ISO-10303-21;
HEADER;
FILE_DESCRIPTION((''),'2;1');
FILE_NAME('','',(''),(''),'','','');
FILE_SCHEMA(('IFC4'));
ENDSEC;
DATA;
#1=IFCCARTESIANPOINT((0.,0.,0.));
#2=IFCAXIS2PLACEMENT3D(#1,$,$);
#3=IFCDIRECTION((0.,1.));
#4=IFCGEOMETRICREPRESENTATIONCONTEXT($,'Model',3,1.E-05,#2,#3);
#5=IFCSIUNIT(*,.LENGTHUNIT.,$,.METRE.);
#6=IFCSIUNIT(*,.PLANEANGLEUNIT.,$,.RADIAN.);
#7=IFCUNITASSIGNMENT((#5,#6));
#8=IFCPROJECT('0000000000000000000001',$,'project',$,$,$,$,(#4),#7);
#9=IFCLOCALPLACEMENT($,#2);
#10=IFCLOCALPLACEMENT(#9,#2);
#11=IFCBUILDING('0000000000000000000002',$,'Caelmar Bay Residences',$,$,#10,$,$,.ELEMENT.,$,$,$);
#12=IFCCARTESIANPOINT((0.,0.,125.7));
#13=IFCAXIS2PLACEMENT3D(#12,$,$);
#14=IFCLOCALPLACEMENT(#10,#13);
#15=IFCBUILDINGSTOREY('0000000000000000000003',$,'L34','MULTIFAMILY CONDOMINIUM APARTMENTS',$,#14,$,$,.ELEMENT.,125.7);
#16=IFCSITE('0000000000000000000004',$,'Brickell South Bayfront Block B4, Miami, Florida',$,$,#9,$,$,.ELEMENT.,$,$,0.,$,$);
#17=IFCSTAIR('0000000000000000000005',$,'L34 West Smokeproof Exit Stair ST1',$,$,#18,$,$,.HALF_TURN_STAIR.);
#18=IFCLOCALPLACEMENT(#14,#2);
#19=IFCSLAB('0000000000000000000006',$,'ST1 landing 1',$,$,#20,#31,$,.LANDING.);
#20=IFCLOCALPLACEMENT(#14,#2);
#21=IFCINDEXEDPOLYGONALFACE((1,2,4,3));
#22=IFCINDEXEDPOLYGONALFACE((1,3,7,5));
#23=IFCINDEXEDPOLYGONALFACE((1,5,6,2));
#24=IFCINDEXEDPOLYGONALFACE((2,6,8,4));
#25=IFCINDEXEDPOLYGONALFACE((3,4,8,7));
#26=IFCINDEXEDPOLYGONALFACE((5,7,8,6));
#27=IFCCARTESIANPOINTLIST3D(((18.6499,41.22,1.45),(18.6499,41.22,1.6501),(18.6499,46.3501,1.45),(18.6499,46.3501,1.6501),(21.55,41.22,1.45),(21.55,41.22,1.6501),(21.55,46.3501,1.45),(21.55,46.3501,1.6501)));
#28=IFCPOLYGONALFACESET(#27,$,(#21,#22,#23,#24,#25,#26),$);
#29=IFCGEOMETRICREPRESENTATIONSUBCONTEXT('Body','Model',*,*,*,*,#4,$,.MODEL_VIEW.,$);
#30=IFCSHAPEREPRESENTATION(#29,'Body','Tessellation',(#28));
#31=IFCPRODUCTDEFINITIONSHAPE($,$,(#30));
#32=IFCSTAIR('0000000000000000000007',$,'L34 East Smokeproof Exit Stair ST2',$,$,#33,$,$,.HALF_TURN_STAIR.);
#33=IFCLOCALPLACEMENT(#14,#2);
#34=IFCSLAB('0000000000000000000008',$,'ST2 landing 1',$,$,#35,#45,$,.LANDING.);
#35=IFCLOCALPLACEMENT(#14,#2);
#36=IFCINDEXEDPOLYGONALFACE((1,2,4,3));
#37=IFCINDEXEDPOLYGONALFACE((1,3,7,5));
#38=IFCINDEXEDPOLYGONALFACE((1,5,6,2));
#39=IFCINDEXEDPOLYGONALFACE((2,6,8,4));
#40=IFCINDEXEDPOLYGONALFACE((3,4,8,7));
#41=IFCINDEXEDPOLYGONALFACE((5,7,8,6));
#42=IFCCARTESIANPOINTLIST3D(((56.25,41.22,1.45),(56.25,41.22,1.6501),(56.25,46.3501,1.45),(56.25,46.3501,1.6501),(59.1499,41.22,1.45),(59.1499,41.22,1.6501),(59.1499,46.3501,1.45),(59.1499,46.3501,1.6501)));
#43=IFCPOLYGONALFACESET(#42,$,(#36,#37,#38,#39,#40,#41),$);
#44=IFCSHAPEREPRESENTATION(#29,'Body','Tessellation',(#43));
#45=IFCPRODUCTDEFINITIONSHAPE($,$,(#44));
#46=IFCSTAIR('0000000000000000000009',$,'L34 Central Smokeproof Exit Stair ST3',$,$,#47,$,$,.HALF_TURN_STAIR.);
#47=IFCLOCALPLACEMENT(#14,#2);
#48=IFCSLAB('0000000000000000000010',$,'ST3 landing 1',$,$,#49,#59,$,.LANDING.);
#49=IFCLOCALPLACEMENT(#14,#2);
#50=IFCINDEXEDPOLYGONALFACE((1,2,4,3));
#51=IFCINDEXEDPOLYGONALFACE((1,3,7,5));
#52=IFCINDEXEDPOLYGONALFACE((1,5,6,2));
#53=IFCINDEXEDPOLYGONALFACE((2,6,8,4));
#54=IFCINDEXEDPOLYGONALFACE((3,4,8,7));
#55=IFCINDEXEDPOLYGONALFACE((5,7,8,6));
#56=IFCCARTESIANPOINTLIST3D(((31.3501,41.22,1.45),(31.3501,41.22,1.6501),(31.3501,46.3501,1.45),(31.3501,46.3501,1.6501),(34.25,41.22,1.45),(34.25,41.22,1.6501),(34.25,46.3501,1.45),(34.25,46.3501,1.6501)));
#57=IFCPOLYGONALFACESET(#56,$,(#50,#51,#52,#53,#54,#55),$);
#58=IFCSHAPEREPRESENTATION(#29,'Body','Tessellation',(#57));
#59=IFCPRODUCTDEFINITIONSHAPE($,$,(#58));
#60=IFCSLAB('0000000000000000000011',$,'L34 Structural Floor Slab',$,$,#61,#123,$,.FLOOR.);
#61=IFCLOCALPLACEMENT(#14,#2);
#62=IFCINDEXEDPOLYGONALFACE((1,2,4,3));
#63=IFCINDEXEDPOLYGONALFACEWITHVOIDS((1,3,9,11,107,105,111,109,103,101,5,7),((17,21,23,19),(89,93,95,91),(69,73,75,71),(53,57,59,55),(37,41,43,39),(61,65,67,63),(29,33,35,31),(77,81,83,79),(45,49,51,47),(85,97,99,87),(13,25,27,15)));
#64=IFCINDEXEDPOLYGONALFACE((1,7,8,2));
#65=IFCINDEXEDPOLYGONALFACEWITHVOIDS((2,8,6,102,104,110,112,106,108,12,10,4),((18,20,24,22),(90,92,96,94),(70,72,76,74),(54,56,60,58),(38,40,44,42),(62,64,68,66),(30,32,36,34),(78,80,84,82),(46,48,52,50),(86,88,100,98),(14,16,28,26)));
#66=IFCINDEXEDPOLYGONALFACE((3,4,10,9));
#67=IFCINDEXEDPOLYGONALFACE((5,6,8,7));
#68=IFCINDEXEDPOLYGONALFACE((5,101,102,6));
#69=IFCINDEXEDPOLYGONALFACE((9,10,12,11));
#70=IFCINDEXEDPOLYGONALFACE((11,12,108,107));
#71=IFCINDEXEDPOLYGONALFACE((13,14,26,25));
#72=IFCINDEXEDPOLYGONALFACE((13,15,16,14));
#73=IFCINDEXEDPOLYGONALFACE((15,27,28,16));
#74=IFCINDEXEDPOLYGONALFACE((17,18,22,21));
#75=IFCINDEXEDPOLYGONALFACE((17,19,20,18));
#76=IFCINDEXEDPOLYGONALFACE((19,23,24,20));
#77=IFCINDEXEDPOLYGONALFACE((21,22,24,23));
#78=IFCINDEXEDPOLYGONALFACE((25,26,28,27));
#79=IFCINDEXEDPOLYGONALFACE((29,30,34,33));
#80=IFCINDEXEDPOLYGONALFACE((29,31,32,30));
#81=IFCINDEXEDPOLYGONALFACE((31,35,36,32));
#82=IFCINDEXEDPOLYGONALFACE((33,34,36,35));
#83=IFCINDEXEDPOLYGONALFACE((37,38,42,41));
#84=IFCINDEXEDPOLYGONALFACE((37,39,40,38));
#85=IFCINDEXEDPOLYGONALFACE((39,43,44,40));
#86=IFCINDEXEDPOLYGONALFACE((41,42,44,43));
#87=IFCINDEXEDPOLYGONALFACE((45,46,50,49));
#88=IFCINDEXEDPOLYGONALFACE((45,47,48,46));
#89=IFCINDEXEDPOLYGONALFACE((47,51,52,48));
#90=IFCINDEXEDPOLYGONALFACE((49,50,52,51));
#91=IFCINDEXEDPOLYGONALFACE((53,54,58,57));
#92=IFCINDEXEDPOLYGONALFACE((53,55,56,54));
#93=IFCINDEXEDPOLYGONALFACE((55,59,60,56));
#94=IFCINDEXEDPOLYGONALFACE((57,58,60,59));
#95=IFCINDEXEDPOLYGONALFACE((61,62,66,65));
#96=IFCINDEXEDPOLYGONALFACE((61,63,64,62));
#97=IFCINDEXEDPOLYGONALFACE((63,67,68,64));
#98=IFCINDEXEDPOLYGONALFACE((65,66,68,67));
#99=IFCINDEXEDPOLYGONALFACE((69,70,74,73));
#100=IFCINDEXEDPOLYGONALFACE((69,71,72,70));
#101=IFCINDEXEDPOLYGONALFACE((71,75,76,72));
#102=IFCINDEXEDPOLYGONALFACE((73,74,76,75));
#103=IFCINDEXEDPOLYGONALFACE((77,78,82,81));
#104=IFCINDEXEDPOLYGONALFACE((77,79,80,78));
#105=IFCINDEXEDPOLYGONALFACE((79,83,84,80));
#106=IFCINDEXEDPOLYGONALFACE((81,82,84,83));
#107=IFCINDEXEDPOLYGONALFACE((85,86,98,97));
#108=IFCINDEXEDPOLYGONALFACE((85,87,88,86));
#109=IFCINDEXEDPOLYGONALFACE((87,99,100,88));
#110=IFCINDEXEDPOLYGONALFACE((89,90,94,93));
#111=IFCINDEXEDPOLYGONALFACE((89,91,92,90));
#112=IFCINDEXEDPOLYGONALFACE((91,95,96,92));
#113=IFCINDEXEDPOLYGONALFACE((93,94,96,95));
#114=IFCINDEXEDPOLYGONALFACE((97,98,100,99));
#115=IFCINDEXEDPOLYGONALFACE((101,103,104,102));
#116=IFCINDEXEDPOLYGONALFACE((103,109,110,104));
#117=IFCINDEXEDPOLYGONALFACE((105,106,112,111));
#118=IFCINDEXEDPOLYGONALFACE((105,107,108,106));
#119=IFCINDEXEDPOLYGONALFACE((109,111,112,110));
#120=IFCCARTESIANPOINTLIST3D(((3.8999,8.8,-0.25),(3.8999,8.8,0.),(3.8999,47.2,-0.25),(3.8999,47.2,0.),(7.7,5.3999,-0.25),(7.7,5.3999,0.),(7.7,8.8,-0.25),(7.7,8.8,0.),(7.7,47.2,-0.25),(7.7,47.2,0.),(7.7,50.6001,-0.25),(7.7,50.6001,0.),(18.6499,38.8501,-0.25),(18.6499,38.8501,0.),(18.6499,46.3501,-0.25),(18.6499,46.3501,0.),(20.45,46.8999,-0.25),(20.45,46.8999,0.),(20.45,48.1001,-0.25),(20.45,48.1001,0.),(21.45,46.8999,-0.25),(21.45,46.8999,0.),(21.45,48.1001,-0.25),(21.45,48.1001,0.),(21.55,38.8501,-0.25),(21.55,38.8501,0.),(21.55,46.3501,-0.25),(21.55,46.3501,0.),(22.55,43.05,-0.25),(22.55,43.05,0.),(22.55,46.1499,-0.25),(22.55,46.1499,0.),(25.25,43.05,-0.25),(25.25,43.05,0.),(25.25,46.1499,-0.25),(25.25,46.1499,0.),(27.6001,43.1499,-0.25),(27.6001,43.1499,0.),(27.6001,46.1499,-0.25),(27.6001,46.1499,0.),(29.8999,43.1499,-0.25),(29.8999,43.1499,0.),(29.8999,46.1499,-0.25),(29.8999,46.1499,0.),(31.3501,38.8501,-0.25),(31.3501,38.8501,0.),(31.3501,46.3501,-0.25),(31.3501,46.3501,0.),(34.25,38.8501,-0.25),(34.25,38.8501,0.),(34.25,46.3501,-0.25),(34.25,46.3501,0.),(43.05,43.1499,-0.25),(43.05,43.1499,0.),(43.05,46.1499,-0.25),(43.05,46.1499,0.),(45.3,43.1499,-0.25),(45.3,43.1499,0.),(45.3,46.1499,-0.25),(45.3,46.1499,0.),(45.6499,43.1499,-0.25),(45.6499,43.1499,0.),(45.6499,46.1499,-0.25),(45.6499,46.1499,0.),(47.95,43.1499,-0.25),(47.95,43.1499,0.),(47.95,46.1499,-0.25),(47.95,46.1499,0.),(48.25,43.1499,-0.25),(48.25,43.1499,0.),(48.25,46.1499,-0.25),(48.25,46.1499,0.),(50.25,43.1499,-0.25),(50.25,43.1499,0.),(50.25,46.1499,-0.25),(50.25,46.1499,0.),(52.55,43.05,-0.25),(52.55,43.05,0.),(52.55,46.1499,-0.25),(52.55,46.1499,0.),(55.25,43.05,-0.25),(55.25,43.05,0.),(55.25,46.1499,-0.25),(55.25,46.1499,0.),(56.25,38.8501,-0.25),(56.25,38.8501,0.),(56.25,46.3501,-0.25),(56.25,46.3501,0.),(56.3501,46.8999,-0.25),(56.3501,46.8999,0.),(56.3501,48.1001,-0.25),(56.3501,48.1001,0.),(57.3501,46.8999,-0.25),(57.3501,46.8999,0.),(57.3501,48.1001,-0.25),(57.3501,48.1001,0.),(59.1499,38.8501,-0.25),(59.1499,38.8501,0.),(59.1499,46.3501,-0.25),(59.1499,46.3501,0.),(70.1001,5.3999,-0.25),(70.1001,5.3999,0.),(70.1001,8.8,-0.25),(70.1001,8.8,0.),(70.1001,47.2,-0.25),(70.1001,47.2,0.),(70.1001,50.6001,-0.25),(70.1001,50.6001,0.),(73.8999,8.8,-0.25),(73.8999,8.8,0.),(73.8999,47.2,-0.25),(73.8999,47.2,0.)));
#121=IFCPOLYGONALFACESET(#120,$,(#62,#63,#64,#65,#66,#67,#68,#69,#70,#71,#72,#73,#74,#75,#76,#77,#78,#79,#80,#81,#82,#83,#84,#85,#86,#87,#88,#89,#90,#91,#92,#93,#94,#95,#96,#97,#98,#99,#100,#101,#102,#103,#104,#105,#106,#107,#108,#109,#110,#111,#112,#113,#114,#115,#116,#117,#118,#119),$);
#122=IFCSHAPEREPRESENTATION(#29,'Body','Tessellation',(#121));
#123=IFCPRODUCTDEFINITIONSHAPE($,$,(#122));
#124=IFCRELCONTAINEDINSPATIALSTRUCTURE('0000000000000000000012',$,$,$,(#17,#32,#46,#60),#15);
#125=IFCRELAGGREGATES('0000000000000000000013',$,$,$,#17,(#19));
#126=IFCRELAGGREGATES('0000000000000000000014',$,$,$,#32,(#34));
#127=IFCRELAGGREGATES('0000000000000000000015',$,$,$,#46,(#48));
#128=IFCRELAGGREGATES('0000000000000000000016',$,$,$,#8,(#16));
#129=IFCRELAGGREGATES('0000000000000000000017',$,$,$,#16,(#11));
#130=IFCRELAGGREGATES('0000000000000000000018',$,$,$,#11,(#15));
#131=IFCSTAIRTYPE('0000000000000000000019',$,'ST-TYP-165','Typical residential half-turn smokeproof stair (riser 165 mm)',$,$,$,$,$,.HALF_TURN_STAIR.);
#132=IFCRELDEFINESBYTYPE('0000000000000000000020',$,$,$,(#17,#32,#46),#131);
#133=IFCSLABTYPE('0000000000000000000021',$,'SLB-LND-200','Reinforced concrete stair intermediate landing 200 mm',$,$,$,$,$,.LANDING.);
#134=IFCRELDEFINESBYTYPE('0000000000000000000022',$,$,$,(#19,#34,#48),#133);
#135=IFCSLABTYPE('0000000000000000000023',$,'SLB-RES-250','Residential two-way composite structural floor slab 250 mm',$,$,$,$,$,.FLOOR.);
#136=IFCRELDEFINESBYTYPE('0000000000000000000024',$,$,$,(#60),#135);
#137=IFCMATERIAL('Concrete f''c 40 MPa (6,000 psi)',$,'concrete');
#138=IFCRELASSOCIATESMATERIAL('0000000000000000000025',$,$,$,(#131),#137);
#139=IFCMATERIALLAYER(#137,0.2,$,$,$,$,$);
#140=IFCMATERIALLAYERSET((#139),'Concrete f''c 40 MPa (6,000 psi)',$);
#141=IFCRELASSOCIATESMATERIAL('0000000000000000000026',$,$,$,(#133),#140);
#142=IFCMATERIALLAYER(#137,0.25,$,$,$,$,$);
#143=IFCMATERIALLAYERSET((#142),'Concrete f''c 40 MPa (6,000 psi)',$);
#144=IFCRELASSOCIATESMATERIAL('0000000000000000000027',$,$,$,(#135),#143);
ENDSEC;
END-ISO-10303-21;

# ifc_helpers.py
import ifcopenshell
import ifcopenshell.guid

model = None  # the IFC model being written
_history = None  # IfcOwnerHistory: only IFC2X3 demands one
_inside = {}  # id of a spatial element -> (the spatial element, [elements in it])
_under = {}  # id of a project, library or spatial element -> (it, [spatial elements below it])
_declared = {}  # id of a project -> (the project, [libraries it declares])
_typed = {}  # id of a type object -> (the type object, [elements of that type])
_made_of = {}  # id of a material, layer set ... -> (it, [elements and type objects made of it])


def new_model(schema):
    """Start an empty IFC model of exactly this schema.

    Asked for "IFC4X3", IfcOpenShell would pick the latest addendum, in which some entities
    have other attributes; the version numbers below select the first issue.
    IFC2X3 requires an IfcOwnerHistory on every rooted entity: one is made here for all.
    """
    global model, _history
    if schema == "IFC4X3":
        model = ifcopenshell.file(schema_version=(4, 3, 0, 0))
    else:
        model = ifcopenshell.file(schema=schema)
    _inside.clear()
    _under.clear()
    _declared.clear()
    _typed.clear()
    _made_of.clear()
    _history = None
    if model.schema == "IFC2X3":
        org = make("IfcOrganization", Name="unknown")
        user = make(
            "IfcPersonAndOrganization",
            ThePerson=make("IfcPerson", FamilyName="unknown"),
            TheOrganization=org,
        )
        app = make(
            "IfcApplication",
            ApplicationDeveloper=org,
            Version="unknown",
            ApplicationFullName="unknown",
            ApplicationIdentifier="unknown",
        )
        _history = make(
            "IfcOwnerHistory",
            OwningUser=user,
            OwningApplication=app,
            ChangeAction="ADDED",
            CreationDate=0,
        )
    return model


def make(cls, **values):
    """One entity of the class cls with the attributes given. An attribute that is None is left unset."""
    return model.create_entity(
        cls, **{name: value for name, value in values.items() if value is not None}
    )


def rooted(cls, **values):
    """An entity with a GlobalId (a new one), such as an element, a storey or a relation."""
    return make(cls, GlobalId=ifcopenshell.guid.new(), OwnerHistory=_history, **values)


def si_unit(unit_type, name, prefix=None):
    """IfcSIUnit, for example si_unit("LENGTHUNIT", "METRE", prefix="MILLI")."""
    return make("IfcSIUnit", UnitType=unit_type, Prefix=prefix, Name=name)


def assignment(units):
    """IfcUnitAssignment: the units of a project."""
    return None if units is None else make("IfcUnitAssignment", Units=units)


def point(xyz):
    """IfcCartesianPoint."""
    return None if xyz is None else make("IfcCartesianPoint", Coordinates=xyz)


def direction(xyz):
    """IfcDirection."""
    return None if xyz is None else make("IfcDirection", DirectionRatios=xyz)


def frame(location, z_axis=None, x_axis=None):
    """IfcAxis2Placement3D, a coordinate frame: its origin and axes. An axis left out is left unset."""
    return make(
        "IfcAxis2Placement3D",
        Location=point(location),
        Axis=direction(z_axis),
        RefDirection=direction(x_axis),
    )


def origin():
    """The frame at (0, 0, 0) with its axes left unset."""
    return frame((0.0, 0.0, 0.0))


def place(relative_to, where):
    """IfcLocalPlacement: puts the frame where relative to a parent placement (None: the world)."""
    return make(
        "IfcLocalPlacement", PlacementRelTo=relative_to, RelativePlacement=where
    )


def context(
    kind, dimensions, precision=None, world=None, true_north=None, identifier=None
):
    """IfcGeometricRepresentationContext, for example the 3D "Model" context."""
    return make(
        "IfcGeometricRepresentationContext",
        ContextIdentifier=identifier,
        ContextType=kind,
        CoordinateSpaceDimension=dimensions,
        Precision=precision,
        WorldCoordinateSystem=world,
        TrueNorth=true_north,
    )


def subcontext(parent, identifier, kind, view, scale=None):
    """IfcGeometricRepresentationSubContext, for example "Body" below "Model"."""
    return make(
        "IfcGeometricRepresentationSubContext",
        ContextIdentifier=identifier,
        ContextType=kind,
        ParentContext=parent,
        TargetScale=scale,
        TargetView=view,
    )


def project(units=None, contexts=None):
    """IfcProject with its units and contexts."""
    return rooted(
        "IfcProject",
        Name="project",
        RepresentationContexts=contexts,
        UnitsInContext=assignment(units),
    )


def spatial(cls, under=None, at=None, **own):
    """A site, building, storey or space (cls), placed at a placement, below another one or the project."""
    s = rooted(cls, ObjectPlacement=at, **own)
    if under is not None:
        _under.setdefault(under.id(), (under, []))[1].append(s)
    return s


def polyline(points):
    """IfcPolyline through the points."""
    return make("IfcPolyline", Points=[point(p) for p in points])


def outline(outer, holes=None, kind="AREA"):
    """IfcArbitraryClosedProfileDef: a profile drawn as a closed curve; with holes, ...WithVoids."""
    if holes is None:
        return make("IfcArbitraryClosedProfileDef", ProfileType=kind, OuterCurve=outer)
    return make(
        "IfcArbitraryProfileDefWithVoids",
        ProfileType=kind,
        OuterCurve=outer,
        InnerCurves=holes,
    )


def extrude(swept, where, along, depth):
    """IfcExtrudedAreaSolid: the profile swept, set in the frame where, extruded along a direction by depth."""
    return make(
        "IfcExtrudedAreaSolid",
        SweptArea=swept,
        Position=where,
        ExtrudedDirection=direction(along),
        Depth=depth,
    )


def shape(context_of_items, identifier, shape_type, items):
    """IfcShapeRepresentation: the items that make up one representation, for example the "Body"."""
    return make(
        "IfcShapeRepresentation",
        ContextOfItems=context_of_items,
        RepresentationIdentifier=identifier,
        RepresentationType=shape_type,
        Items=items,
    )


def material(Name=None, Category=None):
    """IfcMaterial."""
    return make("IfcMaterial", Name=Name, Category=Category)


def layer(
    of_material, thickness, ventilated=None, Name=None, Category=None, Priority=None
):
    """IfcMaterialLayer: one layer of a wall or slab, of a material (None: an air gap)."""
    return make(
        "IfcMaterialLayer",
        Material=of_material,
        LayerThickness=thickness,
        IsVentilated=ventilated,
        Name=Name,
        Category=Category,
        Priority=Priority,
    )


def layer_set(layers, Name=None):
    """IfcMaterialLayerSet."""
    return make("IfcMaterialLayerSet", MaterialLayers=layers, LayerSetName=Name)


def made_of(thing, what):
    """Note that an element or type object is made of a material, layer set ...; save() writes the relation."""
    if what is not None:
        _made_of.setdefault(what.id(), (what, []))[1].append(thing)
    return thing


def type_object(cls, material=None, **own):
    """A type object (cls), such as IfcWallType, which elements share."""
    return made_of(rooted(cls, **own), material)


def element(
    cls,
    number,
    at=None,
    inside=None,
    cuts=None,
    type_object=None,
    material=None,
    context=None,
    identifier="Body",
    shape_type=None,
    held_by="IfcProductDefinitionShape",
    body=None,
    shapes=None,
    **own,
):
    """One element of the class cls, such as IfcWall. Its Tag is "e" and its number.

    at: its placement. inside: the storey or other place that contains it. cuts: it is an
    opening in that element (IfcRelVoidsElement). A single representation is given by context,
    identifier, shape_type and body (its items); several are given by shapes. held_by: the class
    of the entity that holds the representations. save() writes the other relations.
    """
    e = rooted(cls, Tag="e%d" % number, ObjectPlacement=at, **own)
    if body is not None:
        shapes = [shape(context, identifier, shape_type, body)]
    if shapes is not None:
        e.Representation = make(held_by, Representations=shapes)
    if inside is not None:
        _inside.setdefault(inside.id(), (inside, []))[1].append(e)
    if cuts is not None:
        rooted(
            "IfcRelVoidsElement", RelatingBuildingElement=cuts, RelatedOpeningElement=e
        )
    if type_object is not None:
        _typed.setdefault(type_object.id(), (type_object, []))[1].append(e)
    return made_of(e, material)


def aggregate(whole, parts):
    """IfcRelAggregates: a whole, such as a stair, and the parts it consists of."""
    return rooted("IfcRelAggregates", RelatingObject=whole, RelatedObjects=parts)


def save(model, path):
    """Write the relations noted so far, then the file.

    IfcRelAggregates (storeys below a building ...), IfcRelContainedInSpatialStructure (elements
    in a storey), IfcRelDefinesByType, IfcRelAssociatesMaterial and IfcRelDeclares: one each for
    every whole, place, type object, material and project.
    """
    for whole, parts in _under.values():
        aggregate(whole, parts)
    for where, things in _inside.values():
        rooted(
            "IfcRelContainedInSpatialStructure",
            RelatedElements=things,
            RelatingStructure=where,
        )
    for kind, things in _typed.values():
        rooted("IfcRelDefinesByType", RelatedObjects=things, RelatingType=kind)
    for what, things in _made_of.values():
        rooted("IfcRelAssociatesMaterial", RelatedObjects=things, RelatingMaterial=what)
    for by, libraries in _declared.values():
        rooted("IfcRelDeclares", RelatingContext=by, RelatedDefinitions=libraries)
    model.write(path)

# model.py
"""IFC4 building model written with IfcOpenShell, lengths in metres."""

from ifc_helpers import new_model, si_unit, direction, frame, origin, place, context, subcontext, project, spatial, polyline, outline, extrude, material, layer, layer_set, type_object, element, aggregate, save


model = new_model("IFC4")

# Units and contexts
model_context = context("Model", 3, precision=1e-05, world=origin(), true_north=direction((0.0, 1.0)))
body_context = subcontext(model_context, "Body", "Model", "MODEL_VIEW")
ifc_project = project(units=[si_unit("LENGTHUNIT", "METRE"), si_unit("PLANEANGLEUNIT", "RADIAN")], contexts=[model_context])

# Site, building, storey
site_placement = place(None, origin())
site = spatial("IfcSite", under=ifc_project, at=site_placement, Name="Brickell South Bayfront Block B4, Miami, Florida", CompositionType="ELEMENT", RefElevation=0.0)
building_placement = place(site_placement, origin())
building = spatial("IfcBuilding", under=site, at=building_placement, Name="Caelmar Bay Residences", CompositionType="ELEMENT")
storey_placement = place(building_placement, frame((0.0, 0.0, 125.7)))
storey = spatial("IfcBuildingStorey", under=building, at=storey_placement, Name="L34", Description="MULTIFAMILY CONDOMINIUM APARTMENTS", CompositionType="ELEMENT", Elevation=125.7)

# Shared definitions
ifc_material_1 = material(Name="Concrete f'c 40 MPa (6,000 psi)", Category="concrete")

# Stairs, slabs
stair_type = type_object("IfcStairType", Name="ST-TYP-165", Description="Typical residential half-turn smokeproof stair (riser 165 mm)", PredefinedType="HALF_TURN_STAIR", material=ifc_material_1)
stair_1_placement = place(storey_placement, origin())
stair_1 = element("IfcStair", 1, at=stair_1_placement, inside=storey, type_object=stair_type, Name="L34 West Smokeproof Exit Stair ST1", PredefinedType="HALF_TURN_STAIR")
ifc_layer_1 = layer(ifc_material_1, 0.2)
ifc_layer_set_1 = layer_set([ifc_layer_1], Name="Concrete f'c 40 MPa (6,000 psi)")
slab_type_1 = type_object("IfcSlabType", Name="SLB-LND-200", Description="Reinforced concrete stair intermediate landing 200 mm", PredefinedType="LANDING", material=ifc_layer_set_1)
slab_1_placement = place(storey_placement, frame((0.0, 0.0, 1.45)))
slab_1 = element("IfcSlab", 2, at=slab_1_placement, type_object=slab_type_1, Name="ST1 landing 1", PredefinedType="LANDING", context=body_context, shape_type="SweptSolid", body=[
    extrude(outline(polyline([(21.55, 41.22), (21.55, 46.3501), (18.6499, 46.3501), (18.6499, 41.22), (21.55, 41.22)])), origin(), (0.0, 0.0, 1.0), 0.2002),
])
aggregate(stair_1, [slab_1])
stair_2_placement = place(storey_placement, origin())
stair_2 = element("IfcStair", 3, at=stair_2_placement, inside=storey, type_object=stair_type, Name="L34 East Smokeproof Exit Stair ST2", PredefinedType="HALF_TURN_STAIR")
slab_2_placement = place(storey_placement, frame((0.0, 0.0, 1.45)))
slab_2 = element("IfcSlab", 4, at=slab_2_placement, type_object=slab_type_1, Name="ST2 landing 1", PredefinedType="LANDING", context=body_context, shape_type="SweptSolid", body=[
    extrude(outline(polyline([(59.1499, 41.22), (59.1499, 46.3501), (56.25, 46.3501), (56.25, 41.22), (59.1499, 41.22)])), origin(), (0.0, 0.0, 1.0), 0.2002),
])
aggregate(stair_2, [slab_2])
stair_3_placement = place(storey_placement, origin())
stair_3 = element("IfcStair", 5, at=stair_3_placement, inside=storey, type_object=stair_type, Name="L34 Central Smokeproof Exit Stair ST3", PredefinedType="HALF_TURN_STAIR")
slab_3_placement = place(storey_placement, frame((0.0, 0.0, 1.45)))
slab_3 = element("IfcSlab", 6, at=slab_3_placement, type_object=slab_type_1, Name="ST3 landing 1", PredefinedType="LANDING", context=body_context, shape_type="SweptSolid", body=[
    extrude(outline(polyline([(34.25, 41.22), (34.25, 46.3501), (31.3501, 46.3501), (31.3501, 41.22), (34.25, 41.22)])), origin(), (0.0, 0.0, 1.0), 0.2002),
])
aggregate(stair_3, [slab_3])

# Slab
ifc_layer_2 = layer(ifc_material_1, 0.25)
ifc_layer_set_2 = layer_set([ifc_layer_2], Name="Concrete f'c 40 MPa (6,000 psi)")
slab_type_2 = type_object("IfcSlabType", Name="SLB-RES-250", Description="Residential two-way composite structural floor slab 250 mm", PredefinedType="FLOOR", material=ifc_layer_set_2)
slab_4_placement = place(storey_placement, frame((0.0, 0.0, -0.25)))
element("IfcSlab", 7, at=slab_4_placement, inside=storey, type_object=slab_type_2, Name="L34 Structural Floor Slab", PredefinedType="FLOOR", context=body_context, shape_type="SweptSolid", body=[
    extrude(outline(polyline([(7.7, 5.3999), (70.1001, 5.3999), (70.1001, 8.8), (73.8999, 8.8), (73.8999, 47.2), (70.1001, 47.2), (70.1001, 50.6001), (7.7, 50.6001), (7.7, 47.2), (3.8999, 47.2), (3.8999, 8.8), (7.7, 8.8), (7.7, 5.3999)]), holes=[polyline([(18.6499, 38.8501), (21.55, 38.8501), (21.55, 46.3501), (18.6499, 46.3501), (18.6499, 38.8501)]), polyline([(56.25, 38.8501), (59.1499, 38.8501), (59.1499, 46.3501), (56.25, 46.3501), (56.25, 38.8501)]), polyline([(31.3501, 38.8501), (34.25, 38.8501), (34.25, 46.3501), (31.3501, 46.3501), (31.3501, 38.8501)]), polyline([(22.55, 43.05), (25.25, 43.05), (25.25, 46.1499), (22.55, 46.1499), (22.55, 43.05)]), polyline([(52.55, 43.05), (55.25, 43.05), (55.25, 46.1499), (52.55, 46.1499), (52.55, 43.05)]), polyline([(43.05, 43.1499), (45.3, 43.1499), (45.3, 46.1499), (43.05, 46.1499), (43.05, 43.1499)]), polyline([(45.6499, 43.1499), (47.95, 43.1499), (47.95, 46.1499), (45.6499, 46.1499), (45.6499, 43.1499)]), polyline([(48.25, 43.1499), (50.25, 43.1499), (50.25, 46.1499), (48.25, 46.1499), (48.25, 43.1499)]), polyline([(27.6001, 43.1499), (29.8999, 43.1499), (29.8999, 46.1499), (27.6001, 46.1499), (27.6001, 43.1499)]), polyline([(20.45, 46.8999), (21.45, 46.8999), (21.45, 48.1001), (20.45, 48.1001), (20.45, 46.8999)]), polyline([(56.3501, 46.8999), (57.3501, 46.8999), (57.3501, 48.1001), (56.3501, 48.1001), (56.3501, 46.8999)])]), origin(), (0.0, 0.0, 1.0), 0.25),
])

save(model, "model.ifc")
